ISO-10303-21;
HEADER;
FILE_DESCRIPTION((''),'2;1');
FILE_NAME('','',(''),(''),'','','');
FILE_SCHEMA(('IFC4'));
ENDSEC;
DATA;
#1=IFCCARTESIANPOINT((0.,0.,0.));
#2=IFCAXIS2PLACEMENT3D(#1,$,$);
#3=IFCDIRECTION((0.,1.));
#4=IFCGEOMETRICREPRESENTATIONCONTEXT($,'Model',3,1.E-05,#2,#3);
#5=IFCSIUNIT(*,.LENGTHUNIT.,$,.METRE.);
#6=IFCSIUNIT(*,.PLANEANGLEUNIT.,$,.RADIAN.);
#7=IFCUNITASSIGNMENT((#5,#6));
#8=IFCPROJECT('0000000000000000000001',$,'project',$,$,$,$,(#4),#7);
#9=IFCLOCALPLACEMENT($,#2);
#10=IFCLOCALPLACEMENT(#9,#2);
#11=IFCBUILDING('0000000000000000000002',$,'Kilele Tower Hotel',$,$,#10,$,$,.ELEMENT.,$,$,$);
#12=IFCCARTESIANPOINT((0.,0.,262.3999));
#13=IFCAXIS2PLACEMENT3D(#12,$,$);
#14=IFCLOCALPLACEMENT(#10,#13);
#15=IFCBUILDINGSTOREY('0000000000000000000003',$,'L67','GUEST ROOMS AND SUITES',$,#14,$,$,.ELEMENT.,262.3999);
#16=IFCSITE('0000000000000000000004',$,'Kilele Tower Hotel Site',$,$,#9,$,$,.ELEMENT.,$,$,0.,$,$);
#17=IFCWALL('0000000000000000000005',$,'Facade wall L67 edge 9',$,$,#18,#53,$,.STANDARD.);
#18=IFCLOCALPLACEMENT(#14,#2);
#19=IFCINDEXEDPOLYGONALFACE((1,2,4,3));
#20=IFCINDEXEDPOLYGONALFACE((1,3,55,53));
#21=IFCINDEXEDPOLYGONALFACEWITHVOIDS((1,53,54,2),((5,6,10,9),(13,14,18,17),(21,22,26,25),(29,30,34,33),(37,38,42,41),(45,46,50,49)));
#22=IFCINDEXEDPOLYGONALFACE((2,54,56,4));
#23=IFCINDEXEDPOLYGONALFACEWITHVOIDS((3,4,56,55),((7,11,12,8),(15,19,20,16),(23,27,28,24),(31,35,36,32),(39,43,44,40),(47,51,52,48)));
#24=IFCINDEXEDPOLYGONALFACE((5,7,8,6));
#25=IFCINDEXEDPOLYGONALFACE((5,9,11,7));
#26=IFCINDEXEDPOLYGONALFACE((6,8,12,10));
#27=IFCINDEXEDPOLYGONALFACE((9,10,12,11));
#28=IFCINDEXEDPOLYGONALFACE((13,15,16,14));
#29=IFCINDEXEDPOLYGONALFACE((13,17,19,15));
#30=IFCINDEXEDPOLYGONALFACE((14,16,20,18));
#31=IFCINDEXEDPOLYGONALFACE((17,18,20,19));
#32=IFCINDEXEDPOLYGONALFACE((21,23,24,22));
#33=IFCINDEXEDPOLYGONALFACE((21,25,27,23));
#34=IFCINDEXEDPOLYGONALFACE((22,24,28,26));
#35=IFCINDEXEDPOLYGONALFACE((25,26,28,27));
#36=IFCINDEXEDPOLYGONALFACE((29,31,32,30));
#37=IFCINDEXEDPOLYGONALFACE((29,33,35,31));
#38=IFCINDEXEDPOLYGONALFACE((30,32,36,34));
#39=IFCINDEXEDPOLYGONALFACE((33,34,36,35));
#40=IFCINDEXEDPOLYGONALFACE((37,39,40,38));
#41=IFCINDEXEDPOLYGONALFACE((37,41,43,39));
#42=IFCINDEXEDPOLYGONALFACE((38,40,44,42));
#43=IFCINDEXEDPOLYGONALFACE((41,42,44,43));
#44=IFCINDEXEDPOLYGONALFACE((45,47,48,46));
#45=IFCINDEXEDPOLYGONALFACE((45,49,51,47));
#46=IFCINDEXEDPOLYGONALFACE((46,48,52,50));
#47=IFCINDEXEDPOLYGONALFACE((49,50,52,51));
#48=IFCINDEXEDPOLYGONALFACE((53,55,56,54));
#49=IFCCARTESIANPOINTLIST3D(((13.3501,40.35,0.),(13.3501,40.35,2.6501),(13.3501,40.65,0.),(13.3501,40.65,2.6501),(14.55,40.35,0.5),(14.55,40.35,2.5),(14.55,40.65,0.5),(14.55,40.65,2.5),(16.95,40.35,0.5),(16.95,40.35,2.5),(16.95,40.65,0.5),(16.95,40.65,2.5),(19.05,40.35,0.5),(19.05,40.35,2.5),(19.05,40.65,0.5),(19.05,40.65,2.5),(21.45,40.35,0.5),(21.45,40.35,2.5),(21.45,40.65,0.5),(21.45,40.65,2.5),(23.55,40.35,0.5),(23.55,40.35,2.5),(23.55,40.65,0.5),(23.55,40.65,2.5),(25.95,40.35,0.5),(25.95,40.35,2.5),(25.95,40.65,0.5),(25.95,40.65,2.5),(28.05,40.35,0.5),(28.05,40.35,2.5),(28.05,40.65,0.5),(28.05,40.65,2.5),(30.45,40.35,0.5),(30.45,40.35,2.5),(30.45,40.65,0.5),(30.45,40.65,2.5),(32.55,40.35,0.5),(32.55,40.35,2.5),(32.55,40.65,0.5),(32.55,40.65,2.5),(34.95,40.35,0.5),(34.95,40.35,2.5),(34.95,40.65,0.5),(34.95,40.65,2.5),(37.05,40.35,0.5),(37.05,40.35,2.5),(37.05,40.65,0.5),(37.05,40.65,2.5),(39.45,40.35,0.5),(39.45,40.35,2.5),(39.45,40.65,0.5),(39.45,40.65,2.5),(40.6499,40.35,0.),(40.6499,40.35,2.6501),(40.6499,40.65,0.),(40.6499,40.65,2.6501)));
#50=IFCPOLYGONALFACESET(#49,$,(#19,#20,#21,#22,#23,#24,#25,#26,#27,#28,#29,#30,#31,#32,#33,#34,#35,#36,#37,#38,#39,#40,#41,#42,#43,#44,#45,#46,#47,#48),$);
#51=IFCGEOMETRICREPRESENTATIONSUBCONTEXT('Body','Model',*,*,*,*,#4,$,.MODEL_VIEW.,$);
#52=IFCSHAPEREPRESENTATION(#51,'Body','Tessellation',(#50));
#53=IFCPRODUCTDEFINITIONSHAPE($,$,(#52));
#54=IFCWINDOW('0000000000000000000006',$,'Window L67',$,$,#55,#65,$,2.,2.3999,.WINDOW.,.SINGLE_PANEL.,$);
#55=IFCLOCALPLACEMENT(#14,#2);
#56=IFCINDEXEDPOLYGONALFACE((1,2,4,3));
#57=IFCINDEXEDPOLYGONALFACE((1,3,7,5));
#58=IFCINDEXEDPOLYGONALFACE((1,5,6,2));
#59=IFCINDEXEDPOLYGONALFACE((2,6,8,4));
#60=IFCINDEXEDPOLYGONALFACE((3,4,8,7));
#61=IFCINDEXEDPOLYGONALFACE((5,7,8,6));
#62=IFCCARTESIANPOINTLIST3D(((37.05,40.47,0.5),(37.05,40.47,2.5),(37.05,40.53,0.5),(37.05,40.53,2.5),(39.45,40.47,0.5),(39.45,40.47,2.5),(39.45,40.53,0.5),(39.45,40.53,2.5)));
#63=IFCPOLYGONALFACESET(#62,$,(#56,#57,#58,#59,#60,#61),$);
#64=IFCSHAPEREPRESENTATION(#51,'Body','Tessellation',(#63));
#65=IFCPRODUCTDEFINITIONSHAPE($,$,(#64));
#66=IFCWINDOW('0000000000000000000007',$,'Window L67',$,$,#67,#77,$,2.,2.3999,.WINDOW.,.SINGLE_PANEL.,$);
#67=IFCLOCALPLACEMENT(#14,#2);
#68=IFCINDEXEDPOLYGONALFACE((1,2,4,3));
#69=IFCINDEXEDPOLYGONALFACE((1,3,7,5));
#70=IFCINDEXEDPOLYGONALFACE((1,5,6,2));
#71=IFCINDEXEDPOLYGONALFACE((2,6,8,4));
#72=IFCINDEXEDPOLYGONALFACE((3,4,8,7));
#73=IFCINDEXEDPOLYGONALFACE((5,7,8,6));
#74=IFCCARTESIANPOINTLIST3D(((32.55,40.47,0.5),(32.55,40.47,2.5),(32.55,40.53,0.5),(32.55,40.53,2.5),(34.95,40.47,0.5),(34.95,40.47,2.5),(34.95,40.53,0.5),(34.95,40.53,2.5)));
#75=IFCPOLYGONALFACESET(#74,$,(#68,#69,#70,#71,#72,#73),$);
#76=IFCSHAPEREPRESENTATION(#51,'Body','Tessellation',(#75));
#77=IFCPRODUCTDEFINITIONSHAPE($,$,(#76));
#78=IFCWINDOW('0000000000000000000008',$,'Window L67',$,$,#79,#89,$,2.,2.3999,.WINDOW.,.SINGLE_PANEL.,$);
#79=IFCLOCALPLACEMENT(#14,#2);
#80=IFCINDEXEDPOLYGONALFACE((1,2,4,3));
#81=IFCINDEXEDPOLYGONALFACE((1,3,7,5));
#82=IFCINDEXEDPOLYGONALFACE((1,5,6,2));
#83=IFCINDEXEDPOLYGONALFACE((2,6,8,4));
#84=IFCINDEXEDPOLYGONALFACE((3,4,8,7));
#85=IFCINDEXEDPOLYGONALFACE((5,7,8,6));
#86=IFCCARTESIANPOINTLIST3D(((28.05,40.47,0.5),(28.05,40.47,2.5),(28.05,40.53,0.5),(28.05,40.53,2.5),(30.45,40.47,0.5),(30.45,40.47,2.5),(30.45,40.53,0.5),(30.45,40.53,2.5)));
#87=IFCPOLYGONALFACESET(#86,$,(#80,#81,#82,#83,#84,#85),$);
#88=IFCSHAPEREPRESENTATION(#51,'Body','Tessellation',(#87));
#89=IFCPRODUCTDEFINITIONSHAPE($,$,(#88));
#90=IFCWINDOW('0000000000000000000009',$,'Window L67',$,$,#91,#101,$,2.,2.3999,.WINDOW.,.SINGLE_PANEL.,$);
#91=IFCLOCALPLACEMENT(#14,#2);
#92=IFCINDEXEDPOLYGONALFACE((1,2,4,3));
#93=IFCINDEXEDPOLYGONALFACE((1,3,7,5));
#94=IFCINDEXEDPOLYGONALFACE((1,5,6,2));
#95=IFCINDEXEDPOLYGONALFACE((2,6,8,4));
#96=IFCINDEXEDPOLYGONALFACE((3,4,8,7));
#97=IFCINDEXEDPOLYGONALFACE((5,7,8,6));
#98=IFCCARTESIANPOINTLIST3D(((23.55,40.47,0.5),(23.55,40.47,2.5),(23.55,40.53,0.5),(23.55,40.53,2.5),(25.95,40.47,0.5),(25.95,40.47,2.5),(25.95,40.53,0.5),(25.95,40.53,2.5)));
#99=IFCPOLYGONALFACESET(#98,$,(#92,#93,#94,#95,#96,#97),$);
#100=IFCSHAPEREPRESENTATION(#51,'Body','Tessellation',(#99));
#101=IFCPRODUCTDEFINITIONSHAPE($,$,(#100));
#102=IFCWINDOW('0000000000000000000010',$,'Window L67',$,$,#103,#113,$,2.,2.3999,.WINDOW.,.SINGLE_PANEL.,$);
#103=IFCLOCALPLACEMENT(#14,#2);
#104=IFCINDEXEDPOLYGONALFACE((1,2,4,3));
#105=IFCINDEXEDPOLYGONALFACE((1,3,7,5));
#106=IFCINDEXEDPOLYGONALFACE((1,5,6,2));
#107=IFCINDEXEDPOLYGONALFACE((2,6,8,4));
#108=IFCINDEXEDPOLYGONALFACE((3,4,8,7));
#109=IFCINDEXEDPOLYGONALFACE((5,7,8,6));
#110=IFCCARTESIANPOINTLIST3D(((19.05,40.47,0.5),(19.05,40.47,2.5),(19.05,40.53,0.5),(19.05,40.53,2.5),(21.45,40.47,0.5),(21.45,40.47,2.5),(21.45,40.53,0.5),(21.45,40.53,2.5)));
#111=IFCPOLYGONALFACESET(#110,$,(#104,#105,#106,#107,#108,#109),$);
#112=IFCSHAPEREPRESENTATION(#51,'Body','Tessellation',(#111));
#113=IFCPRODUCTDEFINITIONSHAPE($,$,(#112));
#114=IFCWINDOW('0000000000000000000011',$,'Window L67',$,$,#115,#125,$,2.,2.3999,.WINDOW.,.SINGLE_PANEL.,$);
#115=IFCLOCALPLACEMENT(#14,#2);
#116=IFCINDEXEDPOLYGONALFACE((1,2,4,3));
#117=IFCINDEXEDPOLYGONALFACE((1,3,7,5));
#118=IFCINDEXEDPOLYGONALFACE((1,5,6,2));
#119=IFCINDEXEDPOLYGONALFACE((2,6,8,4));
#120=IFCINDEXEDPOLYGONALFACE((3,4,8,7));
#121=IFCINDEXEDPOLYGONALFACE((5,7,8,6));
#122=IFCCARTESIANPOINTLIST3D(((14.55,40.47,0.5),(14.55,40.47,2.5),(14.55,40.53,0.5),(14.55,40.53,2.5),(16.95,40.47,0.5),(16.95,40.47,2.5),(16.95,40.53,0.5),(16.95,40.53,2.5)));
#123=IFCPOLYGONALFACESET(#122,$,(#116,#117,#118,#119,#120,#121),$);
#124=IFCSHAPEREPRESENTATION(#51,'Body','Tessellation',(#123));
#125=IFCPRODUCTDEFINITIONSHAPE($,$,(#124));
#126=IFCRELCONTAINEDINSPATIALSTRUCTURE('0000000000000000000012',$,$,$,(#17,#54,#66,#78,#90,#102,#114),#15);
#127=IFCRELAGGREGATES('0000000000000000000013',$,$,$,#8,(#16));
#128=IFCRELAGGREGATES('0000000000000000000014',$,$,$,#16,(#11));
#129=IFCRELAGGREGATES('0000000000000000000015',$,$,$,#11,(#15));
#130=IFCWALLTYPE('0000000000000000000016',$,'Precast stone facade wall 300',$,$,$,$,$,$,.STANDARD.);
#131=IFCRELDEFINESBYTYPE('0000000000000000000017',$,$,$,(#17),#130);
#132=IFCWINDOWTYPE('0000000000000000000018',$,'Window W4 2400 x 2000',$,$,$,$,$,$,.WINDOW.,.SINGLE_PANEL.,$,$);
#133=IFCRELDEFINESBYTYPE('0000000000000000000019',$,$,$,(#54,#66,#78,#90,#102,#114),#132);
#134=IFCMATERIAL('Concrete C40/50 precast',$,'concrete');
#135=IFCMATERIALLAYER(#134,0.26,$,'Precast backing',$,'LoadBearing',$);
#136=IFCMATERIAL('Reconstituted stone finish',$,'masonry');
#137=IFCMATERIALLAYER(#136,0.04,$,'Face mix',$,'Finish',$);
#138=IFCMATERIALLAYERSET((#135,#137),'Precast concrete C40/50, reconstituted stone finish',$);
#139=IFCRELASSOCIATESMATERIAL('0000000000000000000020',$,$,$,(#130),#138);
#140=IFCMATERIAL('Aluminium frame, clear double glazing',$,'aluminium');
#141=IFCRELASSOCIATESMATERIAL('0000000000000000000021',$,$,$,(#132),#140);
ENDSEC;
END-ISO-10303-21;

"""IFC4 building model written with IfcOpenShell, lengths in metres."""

from ifc_helpers import new_model, si_unit, direction, frame, frame_2d, origin, place, context, subcontext, project, spatial, rectangle, extrude, material, layer, layer_set, type_object, element, fill, save


model = new_model("IFC4")

# Units and contexts
model_context = context("Model", 3, precision=1e-05, world=origin(), true_north=direction((0.0, 1.0)))
body_context = subcontext(model_context, "Body", "Model", "MODEL_VIEW")
ifc_project = project(units=[si_unit("LENGTHUNIT", "METRE"), si_unit("PLANEANGLEUNIT", "RADIAN")], contexts=[model_context])

# Site, building, storey
site_placement = place(None, origin())
site = spatial("IfcSite", under=ifc_project, at=site_placement, Name="Kilele Tower Hotel Site", CompositionType="ELEMENT", RefElevation=0.0)
building_placement = place(site_placement, origin())
building = spatial("IfcBuilding", under=site, at=building_placement, Name="Kilele Tower Hotel", CompositionType="ELEMENT")
storey_placement = place(building_placement, frame((0.0, 0.0, 262.3999)))
storey = spatial("IfcBuildingStorey", under=building, at=storey_placement, Name="L67", Description="GUEST ROOMS AND SUITES", CompositionType="ELEMENT", Elevation=262.3999)

# Shared definitions
ifc_material_1 = material(Name="Concrete C40/50 precast", Category="concrete")
ifc_layer_1 = layer(ifc_material_1, 0.26, Name="Precast backing", Category="LoadBearing")
ifc_material_2 = material(Name="Reconstituted stone finish", Category="masonry")
ifc_layer_2 = layer(ifc_material_2, 0.04, Name="Face mix", Category="Finish")
ifc_layer_set = layer_set([ifc_layer_1, ifc_layer_2], Name="Precast concrete C40/50, reconstituted stone finish")
wall_type = type_object("IfcWallType", Name="Precast stone facade wall 300", PredefinedType="STANDARD", material=ifc_layer_set)
ifc_material_3 = material(Name="Aluminium frame, clear double glazing", Category="aluminium")
window_type = type_object("IfcWindowType", Name="Window W4 2400 x 2000", PartitioningType="SINGLE_PANEL", PredefinedType="WINDOW", material=ifc_material_3)

# Wall, openings, windows
wall_1_placement = place(storey_placement, frame((40.6499, 40.5, 0.0), z_axis=(0.0, 0.0, 1.0), x_axis=(-1.0, 0.0, 0.0)))
wall_1 = element("IfcWall", 1, at=wall_1_placement, inside=storey, type_object=wall_type, Name="Facade wall L67 edge 9", PredefinedType="STANDARD", context=body_context, shape_type="SweptSolid", body=[
    extrude(rectangle(XDim=27.2998, YDim=0.3, at=frame_2d((13.6499, 0.0))), origin(), (0.0, 0.0, 1.0), 2.6501),
])
opening_1_placement = place(wall_1_placement, frame((1.2, 0.0, 0.5)))
opening_1 = element("IfcOpeningElement", 2, at=opening_1_placement, cuts=wall_1, PredefinedType="OPENING", context=body_context, shape_type="SweptSolid", body=[
    extrude(rectangle(XDim=2.3999, YDim=2.0, at=frame_2d((1.2, 1.0))), frame((0.0, 0.1599, 0.0), z_axis=(0.0, -1.0, 0.0), x_axis=(1.0, 0.0, 0.0)), (0.0, 0.0, 1.0), 0.3201),
])
opening_2_placement = place(wall_1_placement, frame((5.7, 0.0, 0.5)))
opening_2 = element("IfcOpeningElement", 3, at=opening_2_placement, cuts=wall_1, PredefinedType="OPENING", context=body_context, shape_type="SweptSolid", body=[
    extrude(rectangle(XDim=2.3999, YDim=2.0, at=frame_2d((1.2, 1.0))), frame((0.0, 0.1599, 0.0), z_axis=(0.0, -1.0, 0.0), x_axis=(1.0, 0.0, 0.0)), (0.0, 0.0, 1.0), 0.3201),
])
opening_3_placement = place(wall_1_placement, frame((10.2, 0.0, 0.5)))
opening_3 = element("IfcOpeningElement", 4, at=opening_3_placement, cuts=wall_1, PredefinedType="OPENING", context=body_context, shape_type="SweptSolid", body=[
    extrude(rectangle(XDim=2.3999, YDim=2.0, at=frame_2d((1.2, 1.0))), frame((0.0, 0.1599, 0.0), z_axis=(0.0, -1.0, 0.0), x_axis=(1.0, 0.0, 0.0)), (0.0, 0.0, 1.0), 0.3201),
])
opening_4_placement = place(wall_1_placement, frame((14.7, 0.0, 0.5)))
opening_4 = element("IfcOpeningElement", 5, at=opening_4_placement, cuts=wall_1, PredefinedType="OPENING", context=body_context, shape_type="SweptSolid", body=[
    extrude(rectangle(XDim=2.3999, YDim=2.0, at=frame_2d((1.2, 1.0))), frame((0.0, 0.1599, 0.0), z_axis=(0.0, -1.0, 0.0), x_axis=(1.0, 0.0, 0.0)), (0.0, 0.0, 1.0), 0.3201),
])
opening_5_placement = place(wall_1_placement, frame((19.2, 0.0, 0.5)))
opening_5 = element("IfcOpeningElement", 6, at=opening_5_placement, cuts=wall_1, PredefinedType="OPENING", context=body_context, shape_type="SweptSolid", body=[
    extrude(rectangle(XDim=2.3999, YDim=2.0, at=frame_2d((1.2, 1.0))), frame((0.0, 0.1599, 0.0), z_axis=(0.0, -1.0, 0.0), x_axis=(1.0, 0.0, 0.0)), (0.0, 0.0, 1.0), 0.3201),
])
opening_6_placement = place(wall_1_placement, frame((23.7, 0.0, 0.5)))
opening_6 = element("IfcOpeningElement", 7, at=opening_6_placement, cuts=wall_1, PredefinedType="OPENING", context=body_context, shape_type="SweptSolid", body=[
    extrude(rectangle(XDim=2.3999, YDim=2.0, at=frame_2d((1.2, 1.0))), frame((0.0, 0.1599, 0.0), z_axis=(0.0, -1.0, 0.0), x_axis=(1.0, 0.0, 0.0)), (0.0, 0.0, 1.0), 0.3201),
])
window_1_placement = place(opening_1_placement, origin())
window_1 = element("IfcWindow", 8, at=window_1_placement, inside=storey, type_object=window_type, Name="Window L67", OverallHeight=2.0, OverallWidth=2.3999, PartitioningType="SINGLE_PANEL", PredefinedType="WINDOW", context=body_context, shape_type="SweptSolid", body=[
    extrude(rectangle(XDim=2.3999, YDim=2.0, at=frame_2d((1.2, 1.0))), frame((0.0, 0.03, 0.0), z_axis=(0.0, -1.0, 0.0), x_axis=(1.0, 0.0, 0.0)), (0.0, 0.0, 1.0), 0.0601),
])
fill(opening_1, window_1)
window_2_placement = place(opening_2_placement, origin())
window_2 = element("IfcWindow", 9, at=window_2_placement, inside=storey, type_object=window_type, Name="Window L67", OverallHeight=2.0, OverallWidth=2.3999, PartitioningType="SINGLE_PANEL", PredefinedType="WINDOW", context=body_context, shape_type="SweptSolid", body=[
    extrude(rectangle(XDim=2.3999, YDim=2.0, at=frame_2d((1.2, 1.0))), frame((0.0, 0.03, 0.0), z_axis=(0.0, -1.0, 0.0), x_axis=(1.0, 0.0, 0.0)), (0.0, 0.0, 1.0), 0.0601),
])
fill(opening_2, window_2)
window_3_placement = place(opening_3_placement, origin())
window_3 = element("IfcWindow", 10, at=window_3_placement, inside=storey, type_object=window_type, Name="Window L67", OverallHeight=2.0, OverallWidth=2.3999, PartitioningType="SINGLE_PANEL", PredefinedType="WINDOW", context=body_context, shape_type="SweptSolid", body=[
    extrude(rectangle(XDim=2.3999, YDim=2.0, at=frame_2d((1.2, 1.0))), frame((0.0, 0.03, 0.0), z_axis=(0.0, -1.0, 0.0), x_axis=(1.0, 0.0, 0.0)), (0.0, 0.0, 1.0), 0.0601),
])
fill(opening_3, window_3)
window_4_placement = place(opening_4_placement, origin())
window_4 = element("IfcWindow", 11, at=window_4_placement, inside=storey, type_object=window_type, Name="Window L67", OverallHeight=2.0, OverallWidth=2.3999, PartitioningType="SINGLE_PANEL", PredefinedType="WINDOW", context=body_context, shape_type="SweptSolid", body=[
    extrude(rectangle(XDim=2.3999, YDim=2.0, at=frame_2d((1.2, 1.0))), frame((0.0, 0.03, 0.0), z_axis=(0.0, -1.0, 0.0), x_axis=(1.0, 0.0, 0.0)), (0.0, 0.0, 1.0), 0.0601),
])
fill(opening_4, window_4)
window_5_placement = place(opening_5_placement, origin())
window_5 = element("IfcWindow", 12, at=window_5_placement, inside=storey, type_object=window_type, Name="Window L67", OverallHeight=2.0, OverallWidth=2.3999, PartitioningType="SINGLE_PANEL", PredefinedType="WINDOW", context=body_context, shape_type="SweptSolid", body=[
    extrude(rectangle(XDim=2.3999, YDim=2.0, at=frame_2d((1.2, 1.0))), frame((0.0, 0.03, 0.0), z_axis=(0.0, -1.0, 0.0), x_axis=(1.0, 0.0, 0.0)), (0.0, 0.0, 1.0), 0.0601),
])
fill(opening_5, window_5)
window_6_placement = place(opening_6_placement, origin())
window_6 = element("IfcWindow", 13, at=window_6_placement, inside=storey, type_object=window_type, Name="Window L67", OverallHeight=2.0, OverallWidth=2.3999, PartitioningType="SINGLE_PANEL", PredefinedType="WINDOW", context=body_context, shape_type="SweptSolid", body=[
    extrude(rectangle(XDim=2.3999, YDim=2.0, at=frame_2d((1.2, 1.0))), frame((0.0, 0.03, 0.0), z_axis=(0.0, -1.0, 0.0), x_axis=(1.0, 0.0, 0.0)), (0.0, 0.0, 1.0), 0.0601),
])
fill(opening_6, window_6)

save(model, "model.ifc")
